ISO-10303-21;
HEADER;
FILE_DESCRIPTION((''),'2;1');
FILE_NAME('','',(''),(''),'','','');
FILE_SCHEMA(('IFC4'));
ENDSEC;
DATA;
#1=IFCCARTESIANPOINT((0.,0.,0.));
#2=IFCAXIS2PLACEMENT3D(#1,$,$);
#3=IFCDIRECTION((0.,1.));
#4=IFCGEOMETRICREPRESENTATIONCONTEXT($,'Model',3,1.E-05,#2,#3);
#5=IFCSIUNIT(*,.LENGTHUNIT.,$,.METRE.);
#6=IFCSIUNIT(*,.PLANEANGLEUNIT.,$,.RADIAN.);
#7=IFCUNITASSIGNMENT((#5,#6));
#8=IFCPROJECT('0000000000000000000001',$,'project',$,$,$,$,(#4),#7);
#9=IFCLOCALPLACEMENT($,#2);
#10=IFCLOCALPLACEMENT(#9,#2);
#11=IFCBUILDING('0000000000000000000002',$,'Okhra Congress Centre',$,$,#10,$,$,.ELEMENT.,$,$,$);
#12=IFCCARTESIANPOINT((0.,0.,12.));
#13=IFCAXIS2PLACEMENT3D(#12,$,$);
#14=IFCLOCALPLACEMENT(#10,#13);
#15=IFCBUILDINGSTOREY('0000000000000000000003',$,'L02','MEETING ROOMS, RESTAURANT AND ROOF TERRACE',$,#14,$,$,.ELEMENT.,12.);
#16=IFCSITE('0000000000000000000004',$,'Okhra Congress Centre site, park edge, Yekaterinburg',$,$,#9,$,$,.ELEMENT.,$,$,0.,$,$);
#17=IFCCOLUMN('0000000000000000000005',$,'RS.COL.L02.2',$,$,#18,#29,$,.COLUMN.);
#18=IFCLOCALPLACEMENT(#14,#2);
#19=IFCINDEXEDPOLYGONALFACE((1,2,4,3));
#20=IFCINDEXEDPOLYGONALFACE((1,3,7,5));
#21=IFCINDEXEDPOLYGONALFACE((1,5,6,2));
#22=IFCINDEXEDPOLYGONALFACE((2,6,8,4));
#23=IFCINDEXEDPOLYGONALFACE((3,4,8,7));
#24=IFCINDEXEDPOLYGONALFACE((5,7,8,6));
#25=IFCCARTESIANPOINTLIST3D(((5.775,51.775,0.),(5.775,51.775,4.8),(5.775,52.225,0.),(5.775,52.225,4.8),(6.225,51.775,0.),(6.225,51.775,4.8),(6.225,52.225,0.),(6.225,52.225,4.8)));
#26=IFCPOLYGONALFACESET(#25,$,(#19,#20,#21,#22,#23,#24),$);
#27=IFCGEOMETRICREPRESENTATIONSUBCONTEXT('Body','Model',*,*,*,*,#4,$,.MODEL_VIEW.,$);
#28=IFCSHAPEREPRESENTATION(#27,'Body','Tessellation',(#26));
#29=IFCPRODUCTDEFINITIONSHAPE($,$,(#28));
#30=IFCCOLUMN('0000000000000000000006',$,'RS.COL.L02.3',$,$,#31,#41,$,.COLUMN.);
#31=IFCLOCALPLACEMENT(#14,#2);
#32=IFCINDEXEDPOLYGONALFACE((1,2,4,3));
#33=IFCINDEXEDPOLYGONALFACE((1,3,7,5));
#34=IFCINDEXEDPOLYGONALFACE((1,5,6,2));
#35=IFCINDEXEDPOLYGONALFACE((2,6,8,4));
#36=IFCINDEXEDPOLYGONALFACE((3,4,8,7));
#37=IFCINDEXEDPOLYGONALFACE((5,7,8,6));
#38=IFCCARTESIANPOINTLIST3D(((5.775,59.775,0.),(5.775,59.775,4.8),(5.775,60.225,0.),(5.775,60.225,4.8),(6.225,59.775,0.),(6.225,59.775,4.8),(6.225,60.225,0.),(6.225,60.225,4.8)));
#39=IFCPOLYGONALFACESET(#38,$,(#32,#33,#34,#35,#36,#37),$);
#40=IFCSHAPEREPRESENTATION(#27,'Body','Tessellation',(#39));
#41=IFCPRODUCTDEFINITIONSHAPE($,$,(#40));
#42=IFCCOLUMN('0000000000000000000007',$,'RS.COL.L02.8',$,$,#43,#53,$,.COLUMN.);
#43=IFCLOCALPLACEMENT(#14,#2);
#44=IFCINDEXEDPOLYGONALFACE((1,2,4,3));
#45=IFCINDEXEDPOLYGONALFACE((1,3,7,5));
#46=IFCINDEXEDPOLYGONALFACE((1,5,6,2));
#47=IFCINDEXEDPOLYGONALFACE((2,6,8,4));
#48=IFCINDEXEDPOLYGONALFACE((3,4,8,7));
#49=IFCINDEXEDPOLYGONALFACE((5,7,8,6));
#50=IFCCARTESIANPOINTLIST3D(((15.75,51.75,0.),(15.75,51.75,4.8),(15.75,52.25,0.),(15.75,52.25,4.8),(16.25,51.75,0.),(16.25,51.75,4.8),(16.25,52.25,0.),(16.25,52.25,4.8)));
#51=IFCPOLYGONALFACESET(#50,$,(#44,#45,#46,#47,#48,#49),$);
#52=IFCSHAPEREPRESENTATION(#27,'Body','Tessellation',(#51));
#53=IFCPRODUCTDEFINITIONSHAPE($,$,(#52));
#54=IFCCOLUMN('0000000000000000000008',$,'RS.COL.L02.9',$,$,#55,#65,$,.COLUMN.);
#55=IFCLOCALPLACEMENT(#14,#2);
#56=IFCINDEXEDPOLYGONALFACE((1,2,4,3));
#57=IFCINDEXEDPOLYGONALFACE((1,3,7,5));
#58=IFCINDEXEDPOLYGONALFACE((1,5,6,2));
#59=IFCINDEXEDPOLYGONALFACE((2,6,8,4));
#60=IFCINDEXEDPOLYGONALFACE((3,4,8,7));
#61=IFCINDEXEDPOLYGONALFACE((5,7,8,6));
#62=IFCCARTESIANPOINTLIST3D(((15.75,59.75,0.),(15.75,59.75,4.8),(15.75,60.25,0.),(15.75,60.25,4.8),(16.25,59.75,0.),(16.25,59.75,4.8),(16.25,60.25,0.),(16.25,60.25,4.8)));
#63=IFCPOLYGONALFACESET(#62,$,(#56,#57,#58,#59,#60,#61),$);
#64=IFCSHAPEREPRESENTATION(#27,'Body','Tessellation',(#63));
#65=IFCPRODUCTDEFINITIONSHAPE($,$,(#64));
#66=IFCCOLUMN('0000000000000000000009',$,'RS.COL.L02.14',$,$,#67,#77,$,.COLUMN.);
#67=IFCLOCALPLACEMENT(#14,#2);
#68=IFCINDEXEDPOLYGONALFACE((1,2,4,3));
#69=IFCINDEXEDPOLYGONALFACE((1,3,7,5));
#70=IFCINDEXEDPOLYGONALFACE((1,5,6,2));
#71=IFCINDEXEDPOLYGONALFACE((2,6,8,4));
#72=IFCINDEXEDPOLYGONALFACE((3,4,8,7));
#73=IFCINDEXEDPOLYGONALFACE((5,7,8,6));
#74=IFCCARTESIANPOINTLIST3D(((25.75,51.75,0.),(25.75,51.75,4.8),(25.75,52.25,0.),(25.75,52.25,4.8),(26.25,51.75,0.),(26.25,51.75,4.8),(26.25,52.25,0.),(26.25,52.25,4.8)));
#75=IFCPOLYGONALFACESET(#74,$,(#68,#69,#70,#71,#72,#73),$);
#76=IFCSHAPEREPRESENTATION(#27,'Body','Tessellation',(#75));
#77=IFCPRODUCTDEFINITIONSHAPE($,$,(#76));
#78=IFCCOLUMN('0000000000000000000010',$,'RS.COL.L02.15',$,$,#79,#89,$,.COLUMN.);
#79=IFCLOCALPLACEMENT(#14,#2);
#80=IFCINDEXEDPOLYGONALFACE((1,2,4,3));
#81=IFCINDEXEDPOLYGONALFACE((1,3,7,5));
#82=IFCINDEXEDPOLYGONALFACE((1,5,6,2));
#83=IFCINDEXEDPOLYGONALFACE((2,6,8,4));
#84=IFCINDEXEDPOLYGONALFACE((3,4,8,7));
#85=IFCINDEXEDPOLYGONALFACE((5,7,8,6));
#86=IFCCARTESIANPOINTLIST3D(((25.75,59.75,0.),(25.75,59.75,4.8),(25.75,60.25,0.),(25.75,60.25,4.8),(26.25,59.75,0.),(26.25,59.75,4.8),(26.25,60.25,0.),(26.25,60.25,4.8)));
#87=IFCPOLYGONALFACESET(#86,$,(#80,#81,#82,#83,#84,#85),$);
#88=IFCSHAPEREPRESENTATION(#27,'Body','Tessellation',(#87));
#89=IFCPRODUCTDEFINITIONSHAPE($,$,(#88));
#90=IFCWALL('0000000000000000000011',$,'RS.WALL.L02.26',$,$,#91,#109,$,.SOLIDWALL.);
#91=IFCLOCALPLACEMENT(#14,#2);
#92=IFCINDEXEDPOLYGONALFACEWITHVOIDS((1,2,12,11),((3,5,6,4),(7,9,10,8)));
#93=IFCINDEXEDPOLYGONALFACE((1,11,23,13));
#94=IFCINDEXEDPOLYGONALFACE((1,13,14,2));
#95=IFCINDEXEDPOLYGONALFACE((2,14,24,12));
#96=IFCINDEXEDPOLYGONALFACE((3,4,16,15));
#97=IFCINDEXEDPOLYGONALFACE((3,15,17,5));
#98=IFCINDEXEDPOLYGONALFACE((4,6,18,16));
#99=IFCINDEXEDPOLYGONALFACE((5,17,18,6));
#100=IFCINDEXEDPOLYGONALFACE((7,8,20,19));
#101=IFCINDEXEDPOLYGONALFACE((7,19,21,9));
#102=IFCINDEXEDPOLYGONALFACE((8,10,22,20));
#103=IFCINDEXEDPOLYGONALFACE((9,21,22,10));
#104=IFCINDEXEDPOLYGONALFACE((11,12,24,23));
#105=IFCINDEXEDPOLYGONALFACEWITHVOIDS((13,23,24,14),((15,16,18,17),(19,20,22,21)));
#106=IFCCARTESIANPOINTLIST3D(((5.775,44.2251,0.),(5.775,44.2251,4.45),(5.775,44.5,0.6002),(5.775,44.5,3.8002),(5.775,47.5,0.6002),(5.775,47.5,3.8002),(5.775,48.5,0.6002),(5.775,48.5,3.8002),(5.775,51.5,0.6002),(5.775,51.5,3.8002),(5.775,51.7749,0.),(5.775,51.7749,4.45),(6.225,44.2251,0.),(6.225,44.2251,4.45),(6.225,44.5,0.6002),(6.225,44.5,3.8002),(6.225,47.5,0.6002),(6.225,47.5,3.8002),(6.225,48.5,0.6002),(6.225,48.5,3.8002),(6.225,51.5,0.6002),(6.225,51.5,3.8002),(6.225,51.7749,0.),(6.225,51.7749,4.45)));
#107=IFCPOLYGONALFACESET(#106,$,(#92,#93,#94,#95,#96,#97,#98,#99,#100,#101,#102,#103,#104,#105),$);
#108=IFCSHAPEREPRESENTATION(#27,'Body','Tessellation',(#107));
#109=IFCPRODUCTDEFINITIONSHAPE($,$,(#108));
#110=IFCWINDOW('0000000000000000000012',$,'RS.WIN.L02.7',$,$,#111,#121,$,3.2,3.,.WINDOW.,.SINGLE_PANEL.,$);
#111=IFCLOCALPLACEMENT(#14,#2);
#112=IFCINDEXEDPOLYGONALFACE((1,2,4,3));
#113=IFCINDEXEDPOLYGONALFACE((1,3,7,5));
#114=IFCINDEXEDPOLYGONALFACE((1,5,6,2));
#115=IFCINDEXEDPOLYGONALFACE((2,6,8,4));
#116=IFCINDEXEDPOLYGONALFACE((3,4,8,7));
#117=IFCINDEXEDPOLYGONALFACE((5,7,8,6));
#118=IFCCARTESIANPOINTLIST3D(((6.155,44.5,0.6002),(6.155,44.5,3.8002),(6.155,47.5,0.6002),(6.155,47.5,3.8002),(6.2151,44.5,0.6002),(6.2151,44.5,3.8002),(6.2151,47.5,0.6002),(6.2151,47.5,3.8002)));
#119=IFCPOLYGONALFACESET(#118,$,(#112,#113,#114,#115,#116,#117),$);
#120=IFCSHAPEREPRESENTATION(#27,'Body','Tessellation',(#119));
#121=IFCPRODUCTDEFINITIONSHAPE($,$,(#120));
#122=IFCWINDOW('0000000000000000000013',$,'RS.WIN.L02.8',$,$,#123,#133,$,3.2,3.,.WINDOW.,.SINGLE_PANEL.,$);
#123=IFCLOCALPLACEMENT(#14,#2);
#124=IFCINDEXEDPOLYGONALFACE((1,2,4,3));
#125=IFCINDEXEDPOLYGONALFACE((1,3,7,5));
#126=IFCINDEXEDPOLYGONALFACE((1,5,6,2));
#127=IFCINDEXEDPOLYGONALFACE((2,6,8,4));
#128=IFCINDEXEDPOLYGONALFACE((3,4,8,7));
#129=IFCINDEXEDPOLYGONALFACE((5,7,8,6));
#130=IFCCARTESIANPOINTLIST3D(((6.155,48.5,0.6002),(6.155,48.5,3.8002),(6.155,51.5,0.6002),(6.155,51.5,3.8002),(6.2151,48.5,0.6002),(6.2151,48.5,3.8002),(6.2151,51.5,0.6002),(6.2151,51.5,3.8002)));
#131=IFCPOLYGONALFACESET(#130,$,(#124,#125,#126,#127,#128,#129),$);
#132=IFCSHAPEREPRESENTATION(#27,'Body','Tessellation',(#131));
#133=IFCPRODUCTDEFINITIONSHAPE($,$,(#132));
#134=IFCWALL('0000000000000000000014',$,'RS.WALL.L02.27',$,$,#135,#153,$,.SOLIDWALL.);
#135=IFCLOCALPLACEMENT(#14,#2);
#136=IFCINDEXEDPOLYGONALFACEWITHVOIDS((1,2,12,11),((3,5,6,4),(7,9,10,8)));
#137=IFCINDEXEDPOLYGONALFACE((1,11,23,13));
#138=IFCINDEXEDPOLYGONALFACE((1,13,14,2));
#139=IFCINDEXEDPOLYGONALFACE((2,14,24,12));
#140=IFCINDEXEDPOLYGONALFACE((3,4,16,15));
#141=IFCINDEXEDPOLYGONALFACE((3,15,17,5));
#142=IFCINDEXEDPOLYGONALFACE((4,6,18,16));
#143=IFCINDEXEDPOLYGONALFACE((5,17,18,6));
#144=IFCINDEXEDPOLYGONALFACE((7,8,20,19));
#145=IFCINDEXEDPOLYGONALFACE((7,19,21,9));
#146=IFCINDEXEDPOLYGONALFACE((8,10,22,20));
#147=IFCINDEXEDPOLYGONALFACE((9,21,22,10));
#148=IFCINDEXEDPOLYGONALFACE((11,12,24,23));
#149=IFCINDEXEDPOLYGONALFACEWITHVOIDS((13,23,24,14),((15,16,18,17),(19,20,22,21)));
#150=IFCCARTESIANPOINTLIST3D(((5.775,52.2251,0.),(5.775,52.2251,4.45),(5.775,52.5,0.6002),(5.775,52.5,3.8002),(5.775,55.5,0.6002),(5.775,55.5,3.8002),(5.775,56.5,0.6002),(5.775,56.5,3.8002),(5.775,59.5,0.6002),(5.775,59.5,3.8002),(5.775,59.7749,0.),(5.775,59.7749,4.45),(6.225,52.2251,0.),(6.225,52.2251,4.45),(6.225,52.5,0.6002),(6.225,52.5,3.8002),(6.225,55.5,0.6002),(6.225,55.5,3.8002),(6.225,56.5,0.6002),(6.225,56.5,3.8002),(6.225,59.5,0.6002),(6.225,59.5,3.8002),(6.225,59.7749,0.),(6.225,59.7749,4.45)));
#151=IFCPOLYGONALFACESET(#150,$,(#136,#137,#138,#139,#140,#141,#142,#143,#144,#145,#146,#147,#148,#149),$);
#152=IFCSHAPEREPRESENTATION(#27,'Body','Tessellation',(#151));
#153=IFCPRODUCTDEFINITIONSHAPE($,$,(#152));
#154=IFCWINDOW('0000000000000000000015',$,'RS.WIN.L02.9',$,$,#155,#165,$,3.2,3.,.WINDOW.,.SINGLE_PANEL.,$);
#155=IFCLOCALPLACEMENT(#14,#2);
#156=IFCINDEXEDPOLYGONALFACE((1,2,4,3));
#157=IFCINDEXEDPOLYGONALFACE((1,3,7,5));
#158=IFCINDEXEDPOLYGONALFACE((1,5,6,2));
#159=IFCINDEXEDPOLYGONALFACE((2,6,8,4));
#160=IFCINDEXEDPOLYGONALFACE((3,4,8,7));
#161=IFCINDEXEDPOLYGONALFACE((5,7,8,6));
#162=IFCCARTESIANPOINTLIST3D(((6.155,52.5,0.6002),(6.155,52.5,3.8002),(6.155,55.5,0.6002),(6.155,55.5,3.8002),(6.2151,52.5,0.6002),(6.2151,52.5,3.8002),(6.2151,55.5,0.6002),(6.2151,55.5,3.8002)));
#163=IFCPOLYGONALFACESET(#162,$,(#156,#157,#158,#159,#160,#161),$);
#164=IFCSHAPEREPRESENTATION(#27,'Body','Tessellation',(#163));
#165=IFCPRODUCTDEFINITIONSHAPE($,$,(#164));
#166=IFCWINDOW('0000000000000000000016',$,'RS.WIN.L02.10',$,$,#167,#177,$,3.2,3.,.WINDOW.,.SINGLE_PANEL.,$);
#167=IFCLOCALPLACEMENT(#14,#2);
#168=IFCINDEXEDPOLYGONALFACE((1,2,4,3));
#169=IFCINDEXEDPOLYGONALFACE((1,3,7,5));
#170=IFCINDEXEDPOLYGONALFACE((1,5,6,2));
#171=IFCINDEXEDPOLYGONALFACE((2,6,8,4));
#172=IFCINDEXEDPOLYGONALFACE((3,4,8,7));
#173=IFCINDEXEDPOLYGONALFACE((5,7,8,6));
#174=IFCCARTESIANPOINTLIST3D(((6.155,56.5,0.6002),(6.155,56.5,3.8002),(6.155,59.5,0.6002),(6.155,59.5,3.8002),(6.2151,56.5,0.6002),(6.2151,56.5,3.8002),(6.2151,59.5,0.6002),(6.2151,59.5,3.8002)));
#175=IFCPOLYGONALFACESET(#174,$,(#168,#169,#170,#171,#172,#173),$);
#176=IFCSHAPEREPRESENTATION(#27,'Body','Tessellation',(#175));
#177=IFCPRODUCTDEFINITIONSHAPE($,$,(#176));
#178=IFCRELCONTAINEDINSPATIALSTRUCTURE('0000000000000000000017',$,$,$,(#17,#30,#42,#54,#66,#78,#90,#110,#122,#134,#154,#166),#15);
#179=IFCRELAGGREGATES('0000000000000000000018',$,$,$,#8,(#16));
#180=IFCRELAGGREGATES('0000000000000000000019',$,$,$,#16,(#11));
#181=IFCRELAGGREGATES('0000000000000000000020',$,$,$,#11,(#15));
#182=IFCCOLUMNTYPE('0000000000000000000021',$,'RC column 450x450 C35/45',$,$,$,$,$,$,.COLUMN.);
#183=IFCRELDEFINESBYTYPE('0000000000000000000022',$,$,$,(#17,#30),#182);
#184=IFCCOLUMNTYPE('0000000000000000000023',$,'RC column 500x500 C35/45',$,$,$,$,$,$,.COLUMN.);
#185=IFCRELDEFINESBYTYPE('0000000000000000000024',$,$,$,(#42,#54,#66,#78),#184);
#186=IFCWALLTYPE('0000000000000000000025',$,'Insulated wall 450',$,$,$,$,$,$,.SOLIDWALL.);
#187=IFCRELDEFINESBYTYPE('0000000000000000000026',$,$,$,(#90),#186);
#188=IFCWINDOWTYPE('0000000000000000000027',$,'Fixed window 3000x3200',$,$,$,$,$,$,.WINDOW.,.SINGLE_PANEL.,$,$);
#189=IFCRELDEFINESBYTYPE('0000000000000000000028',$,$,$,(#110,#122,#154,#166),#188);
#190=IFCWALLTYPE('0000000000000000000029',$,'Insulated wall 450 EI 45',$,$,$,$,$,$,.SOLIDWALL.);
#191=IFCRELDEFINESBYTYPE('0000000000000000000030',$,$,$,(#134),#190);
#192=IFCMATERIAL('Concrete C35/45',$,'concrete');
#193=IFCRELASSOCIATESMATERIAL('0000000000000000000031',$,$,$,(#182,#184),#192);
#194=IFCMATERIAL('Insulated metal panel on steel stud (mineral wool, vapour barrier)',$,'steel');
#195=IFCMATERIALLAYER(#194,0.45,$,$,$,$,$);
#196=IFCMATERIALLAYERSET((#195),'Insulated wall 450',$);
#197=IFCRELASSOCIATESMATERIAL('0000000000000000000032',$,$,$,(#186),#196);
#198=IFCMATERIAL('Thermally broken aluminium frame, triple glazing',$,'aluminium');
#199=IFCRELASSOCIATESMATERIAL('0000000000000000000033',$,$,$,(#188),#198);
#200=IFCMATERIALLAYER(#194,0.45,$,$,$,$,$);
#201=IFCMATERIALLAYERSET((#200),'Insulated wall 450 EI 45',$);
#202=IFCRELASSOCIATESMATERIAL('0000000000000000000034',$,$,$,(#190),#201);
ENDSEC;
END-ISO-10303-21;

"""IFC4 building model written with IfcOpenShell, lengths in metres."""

from ifc_helpers import new_model, si_unit, direction, frame, frame_2d, origin, origin_2d, place, context, subcontext, project, spatial, rectangle, extrude, material, layer, layer_set, material_profile, profile_set, type_object, element, fill, save


model = new_model("IFC4")

# Units and contexts
model_context = context("Model", 3, precision=1e-05, world=origin(), true_north=direction((0.0, 1.0)))
body_context = subcontext(model_context, "Body", "Model", "MODEL_VIEW")
ifc_project = project(units=[si_unit("LENGTHUNIT", "METRE"), si_unit("PLANEANGLEUNIT", "RADIAN")], contexts=[model_context])

# Site, building, storey
site_placement = place(None, origin())
site = spatial("IfcSite", under=ifc_project, at=site_placement, Name="Okhra Congress Centre site, park edge, Yekaterinburg", CompositionType="ELEMENT", RefElevation=0.0)
building_placement = place(site_placement, origin())
building = spatial("IfcBuilding", under=site, at=building_placement, Name="Okhra Congress Centre", CompositionType="ELEMENT")
storey_placement = place(building_placement, frame((0.0, 0.0, 12.0)))
storey = spatial("IfcBuildingStorey", under=building, at=storey_placement, Name="L02", Description="MEETING ROOMS, RESTAURANT AND ROOF TERRACE", CompositionType="ELEMENT", Elevation=12.0)

# Columns
ifc_material_1 = material(Name="Concrete C35/45", Category="concrete")
ifc_material_profile_1 = material_profile(ifc_material_1, rectangle(XDim=0.45, YDim=0.45, at=origin_2d()), Name="RC 450x450")
ifc_profile_set_1 = profile_set([ifc_material_profile_1], Name="Concrete C35/45")
column_type_1 = type_object("IfcColumnType", Name="RC column 450x450 C35/45", PredefinedType="COLUMN", material=ifc_profile_set_1)
for number, where, z_axis, x_axis, name in (
    (1, (6.0, 52.0, 0.0), (0.0, 0.0, 1.0), (1.0, 0.0, 0.0), "RS.COL.L02.2"),
    (2, (6.0, 60.0, 0.0), (0.0, 0.0, 1.0), (1.0, 0.0, 0.0), "RS.COL.L02.3"),
):
    element("IfcColumn", number, at=place(storey_placement, frame(where, z_axis=z_axis, x_axis=x_axis)), inside=storey, type_object=column_type_1, Name=name, PredefinedType="COLUMN", context=body_context, shape_type="SweptSolid", body=[
        extrude(rectangle(XDim=0.45, YDim=0.45, at=origin_2d()), origin(), (0.0, 0.0, 1.0), 4.8),
    ])
ifc_material_profile_2 = material_profile(ifc_material_1, rectangle(XDim=0.5, YDim=0.5, at=origin_2d()), Name="RC 500x500")
ifc_profile_set_2 = profile_set([ifc_material_profile_2], Name="Concrete C35/45")
column_type_2 = type_object("IfcColumnType", Name="RC column 500x500 C35/45", PredefinedType="COLUMN", material=ifc_profile_set_2)
for number, where, z_axis, x_axis, name in (
    (3, (16.0, 52.0, 0.0), (0.0, 0.0, 1.0), (1.0, 0.0, 0.0), "RS.COL.L02.8"),
    (4, (16.0, 60.0, 0.0), (0.0, 0.0, 1.0), (1.0, 0.0, 0.0), "RS.COL.L02.9"),
    (5, (26.0, 52.0, 0.0), (0.0, 0.0, 1.0), (1.0, 0.0, 0.0), "RS.COL.L02.14"),
    (6, (26.0, 60.0, 0.0), (0.0, 0.0, 1.0), (1.0, 0.0, 0.0), "RS.COL.L02.15"),
):
    element("IfcColumn", number, at=place(storey_placement, frame(where, z_axis=z_axis, x_axis=x_axis)), inside=storey, type_object=column_type_2, Name=name, PredefinedType="COLUMN", context=body_context, shape_type="SweptSolid", body=[
        extrude(rectangle(XDim=0.5, YDim=0.5, at=origin_2d()), origin(), (0.0, 0.0, 1.0), 4.8),
    ])

# Walls, openings, windows
ifc_material_2 = material(Name="Insulated metal panel on steel stud (mineral wool, vapour barrier)", Category="steel")
ifc_layer_1 = layer(ifc_material_2, 0.45)
ifc_layer_set_1 = layer_set([ifc_layer_1], Name="Insulated wall 450")
wall_type_1 = type_object("IfcWallType", Name="Insulated wall 450", PredefinedType="SOLIDWALL", material=ifc_layer_set_1)
wall_1_placement = place(storey_placement, frame((6.0, 51.7749, 0.0), z_axis=(0.0, 0.0, 1.0), x_axis=(0.0, -1.0, 0.0)))
wall_1 = element("IfcWall", 7, at=wall_1_placement, inside=storey, type_object=wall_type_1, Name="RS.WALL.L02.26", PredefinedType="SOLIDWALL", context=body_context, shape_type="SweptSolid", body=[
    extrude(rectangle(XDim=7.5498, YDim=0.45, at=frame_2d((3.7749, 0.0))), origin(), (0.0, 0.0, 1.0), 4.45),
])
opening_1_placement = place(wall_1_placement, frame((4.2749, 0.0, 0.6001)))
opening_1 = element("IfcOpeningElement", 8, at=opening_1_placement, cuts=wall_1, PredefinedType="OPENING", context=body_context, shape_type="SweptSolid", body=[
    extrude(rectangle(XDim=3.0, YDim=3.2, at=frame_2d((1.5, 1.6001))), frame((0.0, 0.2349, 0.0), z_axis=(0.0, -1.0, 0.0), x_axis=(1.0, 0.0, 0.0)), (0.0, 0.0, 1.0), 0.47),
])
opening_2_placement = place(wall_1_placement, frame((0.2749, 0.0, 0.6001)))
opening_2 = element("IfcOpeningElement", 9, at=opening_2_placement, cuts=wall_1, PredefinedType="OPENING", context=body_context, shape_type="SweptSolid", body=[
    extrude(rectangle(XDim=3.0, YDim=3.2, at=frame_2d((1.5, 1.6001))), frame((0.0, 0.2349, 0.0), z_axis=(0.0, -1.0, 0.0), x_axis=(1.0, 0.0, 0.0)), (0.0, 0.0, 1.0), 0.47),
])
ifc_material_3 = material(Name="Thermally broken aluminium frame, triple glazing", Category="aluminium")
window_type = type_object("IfcWindowType", Name="Fixed window 3000x3200", PartitioningType="SINGLE_PANEL", PredefinedType="WINDOW", material=ifc_material_3)
window_1_placement = place(opening_1_placement, origin())
window_1 = element("IfcWindow", 10, at=window_1_placement, inside=storey, type_object=window_type, Name="RS.WIN.L02.7", OverallHeight=3.2, OverallWidth=3.0, PartitioningType="SINGLE_PANEL", PredefinedType="WINDOW", context=body_context, shape_type="SweptSolid", body=[
    extrude(rectangle(XDim=3.0, YDim=3.2, at=frame_2d((1.5, 1.6001))), frame((0.0, 0.2151, 0.0), z_axis=(0.0, -1.0, 0.0), x_axis=(1.0, 0.0, 0.0)), (0.0, 0.0, 1.0), 0.0601),
])
fill(opening_1, window_1)
window_2_placement = place(opening_2_placement, origin())
window_2 = element("IfcWindow", 11, at=window_2_placement, inside=storey, type_object=window_type, Name="RS.WIN.L02.8", OverallHeight=3.2, OverallWidth=3.0, PartitioningType="SINGLE_PANEL", PredefinedType="WINDOW", context=body_context, shape_type="SweptSolid", body=[
    extrude(rectangle(XDim=3.0, YDim=3.2, at=frame_2d((1.5, 1.6001))), frame((0.0, 0.2151, 0.0), z_axis=(0.0, -1.0, 0.0), x_axis=(1.0, 0.0, 0.0)), (0.0, 0.0, 1.0), 0.0601),
])
fill(opening_2, window_2)
ifc_layer_2 = layer(ifc_material_2, 0.45)
ifc_layer_set_2 = layer_set([ifc_layer_2], Name="Insulated wall 450 EI 45")
wall_type_2 = type_object("IfcWallType", Name="Insulated wall 450 EI 45", PredefinedType="SOLIDWALL", material=ifc_layer_set_2)
wall_2_placement = place(storey_placement, frame((6.0, 59.7749, 0.0), z_axis=(0.0, 0.0, 1.0), x_axis=(0.0, -1.0, 0.0)))
wall_2 = element("IfcWall", 12, at=wall_2_placement, inside=storey, type_object=wall_type_2, Name="RS.WALL.L02.27", PredefinedType="SOLIDWALL", context=body_context, shape_type="SweptSolid", body=[
    extrude(rectangle(XDim=7.5498, YDim=0.45, at=frame_2d((3.7749, 0.0))), origin(), (0.0, 0.0, 1.0), 4.45),
])
opening_3_placement = place(wall_2_placement, frame((4.2749, 0.0, 0.6001)))
opening_3 = element("IfcOpeningElement", 13, at=opening_3_placement, cuts=wall_2, PredefinedType="OPENING", context=body_context, shape_type="SweptSolid", body=[
    extrude(rectangle(XDim=3.0, YDim=3.2, at=frame_2d((1.5, 1.6001))), frame((0.0, 0.2349, 0.0), z_axis=(0.0, -1.0, 0.0), x_axis=(1.0, 0.0, 0.0)), (0.0, 0.0, 1.0), 0.47),
])
opening_4_placement = place(wall_2_placement, frame((0.2749, 0.0, 0.6001)))
opening_4 = element("IfcOpeningElement", 14, at=opening_4_placement, cuts=wall_2, PredefinedType="OPENING", context=body_context, shape_type="SweptSolid", body=[
    extrude(rectangle(XDim=3.0, YDim=3.2, at=frame_2d((1.5, 1.6001))), frame((0.0, 0.2349, 0.0), z_axis=(0.0, -1.0, 0.0), x_axis=(1.0, 0.0, 0.0)), (0.0, 0.0, 1.0), 0.47),
])
window_3_placement = place(opening_3_placement, origin())
window_3 = element("IfcWindow", 15, at=window_3_placement, inside=storey, type_object=window_type, Name="RS.WIN.L02.9", OverallHeight=3.2, OverallWidth=3.0, PartitioningType="SINGLE_PANEL", PredefinedType="WINDOW", context=body_context, shape_type="SweptSolid", body=[
    extrude(rectangle(XDim=3.0, YDim=3.2, at=frame_2d((1.5, 1.6001))), frame((0.0, 0.2151, 0.0), z_axis=(0.0, -1.0, 0.0), x_axis=(1.0, 0.0, 0.0)), (0.0, 0.0, 1.0), 0.0601),
])
fill(opening_3, window_3)
window_4_placement = place(opening_4_placement, origin())
window_4 = element("IfcWindow", 16, at=window_4_placement, inside=storey, type_object=window_type, Name="RS.WIN.L02.10", OverallHeight=3.2, OverallWidth=3.0, PartitioningType="SINGLE_PANEL", PredefinedType="WINDOW", context=body_context, shape_type="SweptSolid", body=[
    extrude(rectangle(XDim=3.0, YDim=3.2, at=frame_2d((1.5, 1.6001))), frame((0.0, 0.2151, 0.0), z_axis=(0.0, -1.0, 0.0), x_axis=(1.0, 0.0, 0.0)), (0.0, 0.0, 1.0), 0.0601),
])
fill(opening_4, window_4)

save(model, "model.ifc")
